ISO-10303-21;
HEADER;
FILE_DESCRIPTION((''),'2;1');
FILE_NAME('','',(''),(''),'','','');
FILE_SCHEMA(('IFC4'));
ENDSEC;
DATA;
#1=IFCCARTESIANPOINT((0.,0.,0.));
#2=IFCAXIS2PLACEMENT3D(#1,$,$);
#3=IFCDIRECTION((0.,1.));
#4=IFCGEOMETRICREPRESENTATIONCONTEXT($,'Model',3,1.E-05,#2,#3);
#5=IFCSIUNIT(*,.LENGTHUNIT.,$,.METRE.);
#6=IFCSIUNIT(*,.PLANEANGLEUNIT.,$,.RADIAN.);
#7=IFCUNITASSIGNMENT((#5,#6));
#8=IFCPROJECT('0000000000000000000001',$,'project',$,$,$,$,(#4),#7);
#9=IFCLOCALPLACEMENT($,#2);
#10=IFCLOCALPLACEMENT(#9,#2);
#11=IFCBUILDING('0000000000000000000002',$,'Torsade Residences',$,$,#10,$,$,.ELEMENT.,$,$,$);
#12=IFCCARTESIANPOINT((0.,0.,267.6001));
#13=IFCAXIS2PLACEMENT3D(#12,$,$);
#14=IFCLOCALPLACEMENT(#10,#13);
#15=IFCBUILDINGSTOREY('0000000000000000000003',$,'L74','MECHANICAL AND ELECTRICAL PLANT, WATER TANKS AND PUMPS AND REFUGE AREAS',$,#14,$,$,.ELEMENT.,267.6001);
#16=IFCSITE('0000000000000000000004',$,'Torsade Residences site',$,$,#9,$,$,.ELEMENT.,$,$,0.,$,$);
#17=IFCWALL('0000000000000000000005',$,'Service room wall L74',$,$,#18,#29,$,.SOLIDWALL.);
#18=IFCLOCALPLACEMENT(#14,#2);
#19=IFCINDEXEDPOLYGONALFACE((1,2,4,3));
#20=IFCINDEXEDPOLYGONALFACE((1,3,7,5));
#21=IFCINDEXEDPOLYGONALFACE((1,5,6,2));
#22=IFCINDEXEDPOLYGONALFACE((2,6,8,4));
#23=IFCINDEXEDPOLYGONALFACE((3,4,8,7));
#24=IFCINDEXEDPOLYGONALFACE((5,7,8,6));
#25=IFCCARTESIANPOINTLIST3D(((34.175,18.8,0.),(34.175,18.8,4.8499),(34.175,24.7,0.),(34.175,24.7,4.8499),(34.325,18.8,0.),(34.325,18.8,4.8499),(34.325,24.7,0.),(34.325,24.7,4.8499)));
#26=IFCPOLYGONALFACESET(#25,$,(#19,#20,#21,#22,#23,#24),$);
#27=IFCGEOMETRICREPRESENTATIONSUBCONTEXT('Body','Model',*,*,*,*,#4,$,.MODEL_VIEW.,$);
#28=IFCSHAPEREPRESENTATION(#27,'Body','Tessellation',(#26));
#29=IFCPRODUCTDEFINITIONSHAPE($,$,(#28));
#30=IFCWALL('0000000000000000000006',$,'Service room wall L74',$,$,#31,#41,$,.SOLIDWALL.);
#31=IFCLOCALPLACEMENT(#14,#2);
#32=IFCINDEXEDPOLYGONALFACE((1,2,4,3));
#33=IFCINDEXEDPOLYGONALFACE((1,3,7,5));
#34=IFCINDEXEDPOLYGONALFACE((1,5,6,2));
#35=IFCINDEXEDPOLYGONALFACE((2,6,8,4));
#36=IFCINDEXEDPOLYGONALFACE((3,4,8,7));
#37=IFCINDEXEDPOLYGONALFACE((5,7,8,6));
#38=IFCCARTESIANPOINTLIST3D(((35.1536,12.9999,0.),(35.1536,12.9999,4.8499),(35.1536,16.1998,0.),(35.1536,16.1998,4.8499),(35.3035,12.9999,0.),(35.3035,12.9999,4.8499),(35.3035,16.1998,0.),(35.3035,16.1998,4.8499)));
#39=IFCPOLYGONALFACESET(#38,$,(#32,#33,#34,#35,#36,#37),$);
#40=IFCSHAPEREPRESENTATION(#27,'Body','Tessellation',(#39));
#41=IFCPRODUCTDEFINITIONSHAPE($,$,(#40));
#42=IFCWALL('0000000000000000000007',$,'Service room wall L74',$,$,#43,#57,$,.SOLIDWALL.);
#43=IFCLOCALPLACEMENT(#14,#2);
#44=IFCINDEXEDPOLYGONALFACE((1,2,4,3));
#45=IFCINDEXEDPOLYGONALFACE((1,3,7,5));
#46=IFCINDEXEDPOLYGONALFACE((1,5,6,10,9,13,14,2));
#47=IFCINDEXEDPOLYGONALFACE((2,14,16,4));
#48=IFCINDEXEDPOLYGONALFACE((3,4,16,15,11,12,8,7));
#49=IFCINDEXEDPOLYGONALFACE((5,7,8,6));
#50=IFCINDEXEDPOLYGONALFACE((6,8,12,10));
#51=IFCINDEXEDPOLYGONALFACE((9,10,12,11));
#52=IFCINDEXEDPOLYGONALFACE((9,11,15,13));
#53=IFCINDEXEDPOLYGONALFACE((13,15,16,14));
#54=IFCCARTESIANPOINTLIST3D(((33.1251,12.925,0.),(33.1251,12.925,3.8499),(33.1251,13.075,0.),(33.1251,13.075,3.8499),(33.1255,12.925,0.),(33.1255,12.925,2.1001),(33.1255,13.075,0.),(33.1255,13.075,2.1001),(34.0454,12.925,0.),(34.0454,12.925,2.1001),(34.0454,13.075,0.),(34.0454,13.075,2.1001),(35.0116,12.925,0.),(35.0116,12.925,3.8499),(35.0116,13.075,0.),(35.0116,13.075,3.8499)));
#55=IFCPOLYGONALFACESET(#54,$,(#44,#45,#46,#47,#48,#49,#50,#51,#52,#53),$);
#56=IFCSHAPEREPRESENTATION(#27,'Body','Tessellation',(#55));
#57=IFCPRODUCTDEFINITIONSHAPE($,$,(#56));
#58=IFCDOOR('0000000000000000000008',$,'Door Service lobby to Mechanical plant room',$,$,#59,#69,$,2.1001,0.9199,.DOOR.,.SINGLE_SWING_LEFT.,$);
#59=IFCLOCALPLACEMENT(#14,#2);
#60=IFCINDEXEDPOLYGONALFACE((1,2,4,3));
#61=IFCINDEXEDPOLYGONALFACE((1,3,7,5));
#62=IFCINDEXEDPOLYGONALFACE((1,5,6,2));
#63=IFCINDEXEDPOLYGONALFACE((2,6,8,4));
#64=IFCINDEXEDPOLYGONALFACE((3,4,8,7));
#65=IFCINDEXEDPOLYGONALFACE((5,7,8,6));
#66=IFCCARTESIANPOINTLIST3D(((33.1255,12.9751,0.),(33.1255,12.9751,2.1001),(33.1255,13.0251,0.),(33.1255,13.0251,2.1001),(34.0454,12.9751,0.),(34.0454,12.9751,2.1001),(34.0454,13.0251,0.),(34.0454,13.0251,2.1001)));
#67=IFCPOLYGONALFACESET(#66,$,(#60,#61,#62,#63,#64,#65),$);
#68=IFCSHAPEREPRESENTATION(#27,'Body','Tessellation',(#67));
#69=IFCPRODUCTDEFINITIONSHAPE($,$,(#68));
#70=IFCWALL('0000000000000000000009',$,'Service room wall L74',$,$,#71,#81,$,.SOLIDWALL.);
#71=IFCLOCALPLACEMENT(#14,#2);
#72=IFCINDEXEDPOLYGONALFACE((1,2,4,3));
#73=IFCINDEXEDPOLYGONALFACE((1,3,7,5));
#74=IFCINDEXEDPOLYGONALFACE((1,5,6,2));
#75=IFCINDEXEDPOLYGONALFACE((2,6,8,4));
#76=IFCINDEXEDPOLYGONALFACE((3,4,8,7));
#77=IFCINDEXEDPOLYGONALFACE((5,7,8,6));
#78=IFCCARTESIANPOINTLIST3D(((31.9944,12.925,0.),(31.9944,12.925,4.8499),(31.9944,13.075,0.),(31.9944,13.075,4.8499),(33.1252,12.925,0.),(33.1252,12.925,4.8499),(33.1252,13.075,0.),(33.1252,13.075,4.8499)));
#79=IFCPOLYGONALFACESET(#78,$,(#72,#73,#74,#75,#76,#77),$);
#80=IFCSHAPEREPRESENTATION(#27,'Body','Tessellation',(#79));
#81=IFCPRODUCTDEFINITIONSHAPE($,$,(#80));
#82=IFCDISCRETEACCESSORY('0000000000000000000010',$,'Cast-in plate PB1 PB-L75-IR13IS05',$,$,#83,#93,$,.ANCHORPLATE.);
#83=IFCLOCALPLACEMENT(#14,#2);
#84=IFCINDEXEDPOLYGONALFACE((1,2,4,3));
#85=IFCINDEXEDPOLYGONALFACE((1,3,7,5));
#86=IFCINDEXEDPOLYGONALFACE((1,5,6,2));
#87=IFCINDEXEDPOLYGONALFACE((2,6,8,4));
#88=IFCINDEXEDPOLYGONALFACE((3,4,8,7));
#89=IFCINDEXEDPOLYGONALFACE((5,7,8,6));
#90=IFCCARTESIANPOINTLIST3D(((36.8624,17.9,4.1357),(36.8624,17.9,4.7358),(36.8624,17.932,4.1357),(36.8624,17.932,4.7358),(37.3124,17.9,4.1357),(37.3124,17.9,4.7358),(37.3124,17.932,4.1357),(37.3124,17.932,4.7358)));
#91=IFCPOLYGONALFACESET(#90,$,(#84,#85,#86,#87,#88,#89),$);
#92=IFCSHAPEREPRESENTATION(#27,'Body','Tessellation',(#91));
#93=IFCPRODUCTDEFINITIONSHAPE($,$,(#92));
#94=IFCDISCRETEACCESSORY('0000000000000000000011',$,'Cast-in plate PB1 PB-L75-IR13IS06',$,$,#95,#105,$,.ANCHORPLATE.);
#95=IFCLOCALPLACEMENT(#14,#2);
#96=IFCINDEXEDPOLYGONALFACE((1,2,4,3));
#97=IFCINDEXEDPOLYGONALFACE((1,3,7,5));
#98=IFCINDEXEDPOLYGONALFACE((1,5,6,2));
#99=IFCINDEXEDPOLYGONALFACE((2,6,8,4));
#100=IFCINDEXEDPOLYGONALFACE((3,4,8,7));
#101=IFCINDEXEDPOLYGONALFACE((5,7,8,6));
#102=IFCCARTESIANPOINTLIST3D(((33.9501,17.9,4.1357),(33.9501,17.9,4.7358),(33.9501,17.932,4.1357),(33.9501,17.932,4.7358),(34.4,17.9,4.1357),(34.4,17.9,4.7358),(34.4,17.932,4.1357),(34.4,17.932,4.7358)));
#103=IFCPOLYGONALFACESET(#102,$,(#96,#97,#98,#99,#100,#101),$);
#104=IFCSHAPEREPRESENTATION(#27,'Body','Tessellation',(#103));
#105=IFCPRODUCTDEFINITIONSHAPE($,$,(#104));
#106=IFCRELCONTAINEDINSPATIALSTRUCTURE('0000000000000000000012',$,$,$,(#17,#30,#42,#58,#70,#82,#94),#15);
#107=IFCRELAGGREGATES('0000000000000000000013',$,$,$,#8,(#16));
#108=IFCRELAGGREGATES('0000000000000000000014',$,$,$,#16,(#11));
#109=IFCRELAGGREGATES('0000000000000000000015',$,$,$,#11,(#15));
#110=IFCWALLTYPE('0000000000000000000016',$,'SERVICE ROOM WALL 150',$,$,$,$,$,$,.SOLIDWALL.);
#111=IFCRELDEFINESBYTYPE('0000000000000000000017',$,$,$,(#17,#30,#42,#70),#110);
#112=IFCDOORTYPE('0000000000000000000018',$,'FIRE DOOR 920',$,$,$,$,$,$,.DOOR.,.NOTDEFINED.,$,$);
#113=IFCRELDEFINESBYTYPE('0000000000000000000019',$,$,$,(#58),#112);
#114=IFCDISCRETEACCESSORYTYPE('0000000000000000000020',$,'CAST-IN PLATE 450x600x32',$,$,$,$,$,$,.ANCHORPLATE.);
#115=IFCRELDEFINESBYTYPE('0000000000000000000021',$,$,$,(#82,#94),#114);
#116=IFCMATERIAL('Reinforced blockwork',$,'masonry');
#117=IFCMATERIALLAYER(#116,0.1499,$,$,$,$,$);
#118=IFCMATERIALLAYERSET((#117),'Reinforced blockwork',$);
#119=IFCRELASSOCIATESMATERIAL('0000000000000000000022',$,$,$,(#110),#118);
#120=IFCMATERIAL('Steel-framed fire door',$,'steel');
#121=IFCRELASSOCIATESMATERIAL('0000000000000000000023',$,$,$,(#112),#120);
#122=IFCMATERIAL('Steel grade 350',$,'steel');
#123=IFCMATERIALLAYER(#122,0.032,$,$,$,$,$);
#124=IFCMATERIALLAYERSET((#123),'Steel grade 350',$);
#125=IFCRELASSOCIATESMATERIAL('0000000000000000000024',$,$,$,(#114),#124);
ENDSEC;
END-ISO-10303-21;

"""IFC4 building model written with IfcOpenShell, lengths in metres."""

from ifc_helpers import new_model, si_unit, direction, frame, frame_2d, origin, origin_2d, place, context, subcontext, project, spatial, rectangle, extrude, material, layer, layer_set, type_object, element, fill, save


model = new_model("IFC4")

# Units and contexts
model_context = context("Model", 3, precision=1e-05, world=origin(), true_north=direction((0.0, 1.0)))
body_context = subcontext(model_context, "Body", "Model", "MODEL_VIEW")
ifc_project = project(units=[si_unit("LENGTHUNIT", "METRE"), si_unit("PLANEANGLEUNIT", "RADIAN")], contexts=[model_context])

# Site, building, storey
site_placement = place(None, origin())
site = spatial("IfcSite", under=ifc_project, at=site_placement, Name="Torsade Residences site", CompositionType="ELEMENT", RefElevation=0.0)
building_placement = place(site_placement, origin())
building = spatial("IfcBuilding", under=site, at=building_placement, Name="Torsade Residences", CompositionType="ELEMENT")
storey_placement = place(building_placement, frame((0.0, 0.0, 267.6001)))
storey = spatial("IfcBuildingStorey", under=building, at=storey_placement, Name="L74", Description="MECHANICAL AND ELECTRICAL PLANT, WATER TANKS AND PUMPS AND REFUGE AREAS", CompositionType="ELEMENT", Elevation=267.6001)

# Walls
ifc_material_1 = material(Name="Reinforced blockwork", Category="masonry")
ifc_layer_1 = layer(ifc_material_1, 0.1499)
ifc_layer_set_1 = layer_set([ifc_layer_1], Name="Reinforced blockwork")
wall_type_1 = type_object("IfcWallType", Name="SERVICE ROOM WALL 150", PredefinedType="SOLIDWALL", material=ifc_layer_set_1)
wall_1_placement = place(storey_placement, frame((34.25, 18.8, 0.0), z_axis=(0.0, 0.0, 1.0), x_axis=(0.0, 1.0, 0.0)))
element("IfcWall", 1, at=wall_1_placement, inside=storey, type_object=wall_type_1, Name="Service room wall L74", PredefinedType="SOLIDWALL", context=body_context, shape_type="SweptSolid", body=[
    extrude(rectangle(XDim=5.8999, YDim=0.1499, at=frame_2d((2.95, 0.0))), origin(), (0.0, 0.0, 1.0), 4.8499),
])
wall_2_placement = place(storey_placement, frame((35.2285, 16.2, 0.0), z_axis=(0.0, 0.0, 1.0), x_axis=(0.0, -1.0, 0.0)))
element("IfcWall", 2, at=wall_2_placement, inside=storey, type_object=wall_type_1, Name="Service room wall L74", PredefinedType="SOLIDWALL", context=body_context, shape_type="SweptSolid", body=[
    extrude(rectangle(XDim=3.2, YDim=0.1499, at=frame_2d((1.6001, 0.0))), origin(), (0.0, 0.0, 1.0), 4.8499),
])

# Wall, opening, door
wall_3_placement = place(storey_placement, frame((35.0117, 13.0, 0.0), z_axis=(0.0, 0.0, 1.0), x_axis=(-1.0, 0.0, 0.0)))
wall_3 = element("IfcWall", 3, at=wall_3_placement, inside=storey, type_object=wall_type_1, Name="Service room wall L74", PredefinedType="SOLIDWALL", context=body_context, shape_type="SweptSolid", body=[
    extrude(rectangle(XDim=1.8865, YDim=0.1499, at=frame_2d((0.9434, 0.0))), origin(), (0.0, 0.0, 1.0), 3.8499),
])
opening_1_placement = place(wall_3_placement, frame((0.9663, 0.0, 0.0)))
opening_1 = element("IfcOpeningElement", 4, at=opening_1_placement, cuts=wall_3, PredefinedType="OPENING", context=body_context, shape_type="SweptSolid", body=[
    extrude(rectangle(XDim=0.9199, YDim=2.1001, at=frame_2d((0.46, 1.05))), frame((0.0, 0.085, 0.0), z_axis=(0.0, -1.0, 0.0), x_axis=(1.0, 0.0, 0.0)), (0.0, 0.0, 1.0), 0.1699),
])
ifc_material_2 = material(Name="Steel-framed fire door", Category="steel")
door_type_1 = type_object("IfcDoorType", Name="FIRE DOOR 920", OperationType="NOTDEFINED", PredefinedType="DOOR", material=ifc_material_2)
door_1_placement = place(opening_1_placement, origin())
door_1 = element("IfcDoor", 5, at=door_1_placement, inside=storey, type_object=door_type_1, Name="Door Service lobby to Mechanical plant room", OperationType="SINGLE_SWING_LEFT", OverallHeight=2.1001, OverallWidth=0.9199, PredefinedType="DOOR", context=body_context, shape_type="SweptSolid", body=[
    extrude(rectangle(XDim=0.9199, YDim=2.1001, at=frame_2d((0.46, 1.05))), frame((0.0, 0.0249, 0.0), z_axis=(0.0, -1.0, 0.0), x_axis=(1.0, 0.0, 0.0)), (0.0, 0.0, 1.0), 0.05),
])
fill(opening_1, door_1)

# Wall
wall_4_placement = place(storey_placement, frame((33.1252, 13.0, 0.0), z_axis=(0.0, 0.0, 1.0), x_axis=(-1.0, 0.0, 0.0)))
element("IfcWall", 6, at=wall_4_placement, inside=storey, type_object=wall_type_1, Name="Service room wall L74", PredefinedType="SOLIDWALL", context=body_context, shape_type="SweptSolid", body=[
    extrude(rectangle(XDim=1.1309, YDim=0.1499, at=frame_2d((0.5654, 0.0))), origin(), (0.0, 0.0, 1.0), 4.8499),
])

# Discrete accessories
ifc_material_3 = material(Name="Steel grade 350", Category="steel")
ifc_layer_2 = layer(ifc_material_3, 0.032)
ifc_layer_set_2 = layer_set([ifc_layer_2], Name="Steel grade 350")
discrete_accessory_type = type_object("IfcDiscreteAccessoryType", Name="CAST-IN PLATE 450x600x32", PredefinedType="ANCHORPLATE", material=ifc_layer_set_2)
for number, where, z_axis, x_axis, name in (
    (7, (37.0874, 17.916, 4.1357), (0.0, 0.0, 1.0), (1.0, 0.0, 0.0), "Cast-in plate PB1 PB-L75-IR13IS05"),
    (8, (34.175, 17.916, 4.1357), (0.0, 0.0, 1.0), (1.0, 0.0, 0.0), "Cast-in plate PB1 PB-L75-IR13IS06"),
):
    element("IfcDiscreteAccessory", number, at=place(storey_placement, frame(where, z_axis=z_axis, x_axis=x_axis)), inside=storey, type_object=discrete_accessory_type, Name=name, PredefinedType="ANCHORPLATE", context=body_context, shape_type="SweptSolid", body=[
        extrude(rectangle(XDim=0.45, YDim=0.032, at=origin_2d()), origin(), (0.0, 0.0, 1.0), 0.6001),
    ])

save(model, "model.ifc")
